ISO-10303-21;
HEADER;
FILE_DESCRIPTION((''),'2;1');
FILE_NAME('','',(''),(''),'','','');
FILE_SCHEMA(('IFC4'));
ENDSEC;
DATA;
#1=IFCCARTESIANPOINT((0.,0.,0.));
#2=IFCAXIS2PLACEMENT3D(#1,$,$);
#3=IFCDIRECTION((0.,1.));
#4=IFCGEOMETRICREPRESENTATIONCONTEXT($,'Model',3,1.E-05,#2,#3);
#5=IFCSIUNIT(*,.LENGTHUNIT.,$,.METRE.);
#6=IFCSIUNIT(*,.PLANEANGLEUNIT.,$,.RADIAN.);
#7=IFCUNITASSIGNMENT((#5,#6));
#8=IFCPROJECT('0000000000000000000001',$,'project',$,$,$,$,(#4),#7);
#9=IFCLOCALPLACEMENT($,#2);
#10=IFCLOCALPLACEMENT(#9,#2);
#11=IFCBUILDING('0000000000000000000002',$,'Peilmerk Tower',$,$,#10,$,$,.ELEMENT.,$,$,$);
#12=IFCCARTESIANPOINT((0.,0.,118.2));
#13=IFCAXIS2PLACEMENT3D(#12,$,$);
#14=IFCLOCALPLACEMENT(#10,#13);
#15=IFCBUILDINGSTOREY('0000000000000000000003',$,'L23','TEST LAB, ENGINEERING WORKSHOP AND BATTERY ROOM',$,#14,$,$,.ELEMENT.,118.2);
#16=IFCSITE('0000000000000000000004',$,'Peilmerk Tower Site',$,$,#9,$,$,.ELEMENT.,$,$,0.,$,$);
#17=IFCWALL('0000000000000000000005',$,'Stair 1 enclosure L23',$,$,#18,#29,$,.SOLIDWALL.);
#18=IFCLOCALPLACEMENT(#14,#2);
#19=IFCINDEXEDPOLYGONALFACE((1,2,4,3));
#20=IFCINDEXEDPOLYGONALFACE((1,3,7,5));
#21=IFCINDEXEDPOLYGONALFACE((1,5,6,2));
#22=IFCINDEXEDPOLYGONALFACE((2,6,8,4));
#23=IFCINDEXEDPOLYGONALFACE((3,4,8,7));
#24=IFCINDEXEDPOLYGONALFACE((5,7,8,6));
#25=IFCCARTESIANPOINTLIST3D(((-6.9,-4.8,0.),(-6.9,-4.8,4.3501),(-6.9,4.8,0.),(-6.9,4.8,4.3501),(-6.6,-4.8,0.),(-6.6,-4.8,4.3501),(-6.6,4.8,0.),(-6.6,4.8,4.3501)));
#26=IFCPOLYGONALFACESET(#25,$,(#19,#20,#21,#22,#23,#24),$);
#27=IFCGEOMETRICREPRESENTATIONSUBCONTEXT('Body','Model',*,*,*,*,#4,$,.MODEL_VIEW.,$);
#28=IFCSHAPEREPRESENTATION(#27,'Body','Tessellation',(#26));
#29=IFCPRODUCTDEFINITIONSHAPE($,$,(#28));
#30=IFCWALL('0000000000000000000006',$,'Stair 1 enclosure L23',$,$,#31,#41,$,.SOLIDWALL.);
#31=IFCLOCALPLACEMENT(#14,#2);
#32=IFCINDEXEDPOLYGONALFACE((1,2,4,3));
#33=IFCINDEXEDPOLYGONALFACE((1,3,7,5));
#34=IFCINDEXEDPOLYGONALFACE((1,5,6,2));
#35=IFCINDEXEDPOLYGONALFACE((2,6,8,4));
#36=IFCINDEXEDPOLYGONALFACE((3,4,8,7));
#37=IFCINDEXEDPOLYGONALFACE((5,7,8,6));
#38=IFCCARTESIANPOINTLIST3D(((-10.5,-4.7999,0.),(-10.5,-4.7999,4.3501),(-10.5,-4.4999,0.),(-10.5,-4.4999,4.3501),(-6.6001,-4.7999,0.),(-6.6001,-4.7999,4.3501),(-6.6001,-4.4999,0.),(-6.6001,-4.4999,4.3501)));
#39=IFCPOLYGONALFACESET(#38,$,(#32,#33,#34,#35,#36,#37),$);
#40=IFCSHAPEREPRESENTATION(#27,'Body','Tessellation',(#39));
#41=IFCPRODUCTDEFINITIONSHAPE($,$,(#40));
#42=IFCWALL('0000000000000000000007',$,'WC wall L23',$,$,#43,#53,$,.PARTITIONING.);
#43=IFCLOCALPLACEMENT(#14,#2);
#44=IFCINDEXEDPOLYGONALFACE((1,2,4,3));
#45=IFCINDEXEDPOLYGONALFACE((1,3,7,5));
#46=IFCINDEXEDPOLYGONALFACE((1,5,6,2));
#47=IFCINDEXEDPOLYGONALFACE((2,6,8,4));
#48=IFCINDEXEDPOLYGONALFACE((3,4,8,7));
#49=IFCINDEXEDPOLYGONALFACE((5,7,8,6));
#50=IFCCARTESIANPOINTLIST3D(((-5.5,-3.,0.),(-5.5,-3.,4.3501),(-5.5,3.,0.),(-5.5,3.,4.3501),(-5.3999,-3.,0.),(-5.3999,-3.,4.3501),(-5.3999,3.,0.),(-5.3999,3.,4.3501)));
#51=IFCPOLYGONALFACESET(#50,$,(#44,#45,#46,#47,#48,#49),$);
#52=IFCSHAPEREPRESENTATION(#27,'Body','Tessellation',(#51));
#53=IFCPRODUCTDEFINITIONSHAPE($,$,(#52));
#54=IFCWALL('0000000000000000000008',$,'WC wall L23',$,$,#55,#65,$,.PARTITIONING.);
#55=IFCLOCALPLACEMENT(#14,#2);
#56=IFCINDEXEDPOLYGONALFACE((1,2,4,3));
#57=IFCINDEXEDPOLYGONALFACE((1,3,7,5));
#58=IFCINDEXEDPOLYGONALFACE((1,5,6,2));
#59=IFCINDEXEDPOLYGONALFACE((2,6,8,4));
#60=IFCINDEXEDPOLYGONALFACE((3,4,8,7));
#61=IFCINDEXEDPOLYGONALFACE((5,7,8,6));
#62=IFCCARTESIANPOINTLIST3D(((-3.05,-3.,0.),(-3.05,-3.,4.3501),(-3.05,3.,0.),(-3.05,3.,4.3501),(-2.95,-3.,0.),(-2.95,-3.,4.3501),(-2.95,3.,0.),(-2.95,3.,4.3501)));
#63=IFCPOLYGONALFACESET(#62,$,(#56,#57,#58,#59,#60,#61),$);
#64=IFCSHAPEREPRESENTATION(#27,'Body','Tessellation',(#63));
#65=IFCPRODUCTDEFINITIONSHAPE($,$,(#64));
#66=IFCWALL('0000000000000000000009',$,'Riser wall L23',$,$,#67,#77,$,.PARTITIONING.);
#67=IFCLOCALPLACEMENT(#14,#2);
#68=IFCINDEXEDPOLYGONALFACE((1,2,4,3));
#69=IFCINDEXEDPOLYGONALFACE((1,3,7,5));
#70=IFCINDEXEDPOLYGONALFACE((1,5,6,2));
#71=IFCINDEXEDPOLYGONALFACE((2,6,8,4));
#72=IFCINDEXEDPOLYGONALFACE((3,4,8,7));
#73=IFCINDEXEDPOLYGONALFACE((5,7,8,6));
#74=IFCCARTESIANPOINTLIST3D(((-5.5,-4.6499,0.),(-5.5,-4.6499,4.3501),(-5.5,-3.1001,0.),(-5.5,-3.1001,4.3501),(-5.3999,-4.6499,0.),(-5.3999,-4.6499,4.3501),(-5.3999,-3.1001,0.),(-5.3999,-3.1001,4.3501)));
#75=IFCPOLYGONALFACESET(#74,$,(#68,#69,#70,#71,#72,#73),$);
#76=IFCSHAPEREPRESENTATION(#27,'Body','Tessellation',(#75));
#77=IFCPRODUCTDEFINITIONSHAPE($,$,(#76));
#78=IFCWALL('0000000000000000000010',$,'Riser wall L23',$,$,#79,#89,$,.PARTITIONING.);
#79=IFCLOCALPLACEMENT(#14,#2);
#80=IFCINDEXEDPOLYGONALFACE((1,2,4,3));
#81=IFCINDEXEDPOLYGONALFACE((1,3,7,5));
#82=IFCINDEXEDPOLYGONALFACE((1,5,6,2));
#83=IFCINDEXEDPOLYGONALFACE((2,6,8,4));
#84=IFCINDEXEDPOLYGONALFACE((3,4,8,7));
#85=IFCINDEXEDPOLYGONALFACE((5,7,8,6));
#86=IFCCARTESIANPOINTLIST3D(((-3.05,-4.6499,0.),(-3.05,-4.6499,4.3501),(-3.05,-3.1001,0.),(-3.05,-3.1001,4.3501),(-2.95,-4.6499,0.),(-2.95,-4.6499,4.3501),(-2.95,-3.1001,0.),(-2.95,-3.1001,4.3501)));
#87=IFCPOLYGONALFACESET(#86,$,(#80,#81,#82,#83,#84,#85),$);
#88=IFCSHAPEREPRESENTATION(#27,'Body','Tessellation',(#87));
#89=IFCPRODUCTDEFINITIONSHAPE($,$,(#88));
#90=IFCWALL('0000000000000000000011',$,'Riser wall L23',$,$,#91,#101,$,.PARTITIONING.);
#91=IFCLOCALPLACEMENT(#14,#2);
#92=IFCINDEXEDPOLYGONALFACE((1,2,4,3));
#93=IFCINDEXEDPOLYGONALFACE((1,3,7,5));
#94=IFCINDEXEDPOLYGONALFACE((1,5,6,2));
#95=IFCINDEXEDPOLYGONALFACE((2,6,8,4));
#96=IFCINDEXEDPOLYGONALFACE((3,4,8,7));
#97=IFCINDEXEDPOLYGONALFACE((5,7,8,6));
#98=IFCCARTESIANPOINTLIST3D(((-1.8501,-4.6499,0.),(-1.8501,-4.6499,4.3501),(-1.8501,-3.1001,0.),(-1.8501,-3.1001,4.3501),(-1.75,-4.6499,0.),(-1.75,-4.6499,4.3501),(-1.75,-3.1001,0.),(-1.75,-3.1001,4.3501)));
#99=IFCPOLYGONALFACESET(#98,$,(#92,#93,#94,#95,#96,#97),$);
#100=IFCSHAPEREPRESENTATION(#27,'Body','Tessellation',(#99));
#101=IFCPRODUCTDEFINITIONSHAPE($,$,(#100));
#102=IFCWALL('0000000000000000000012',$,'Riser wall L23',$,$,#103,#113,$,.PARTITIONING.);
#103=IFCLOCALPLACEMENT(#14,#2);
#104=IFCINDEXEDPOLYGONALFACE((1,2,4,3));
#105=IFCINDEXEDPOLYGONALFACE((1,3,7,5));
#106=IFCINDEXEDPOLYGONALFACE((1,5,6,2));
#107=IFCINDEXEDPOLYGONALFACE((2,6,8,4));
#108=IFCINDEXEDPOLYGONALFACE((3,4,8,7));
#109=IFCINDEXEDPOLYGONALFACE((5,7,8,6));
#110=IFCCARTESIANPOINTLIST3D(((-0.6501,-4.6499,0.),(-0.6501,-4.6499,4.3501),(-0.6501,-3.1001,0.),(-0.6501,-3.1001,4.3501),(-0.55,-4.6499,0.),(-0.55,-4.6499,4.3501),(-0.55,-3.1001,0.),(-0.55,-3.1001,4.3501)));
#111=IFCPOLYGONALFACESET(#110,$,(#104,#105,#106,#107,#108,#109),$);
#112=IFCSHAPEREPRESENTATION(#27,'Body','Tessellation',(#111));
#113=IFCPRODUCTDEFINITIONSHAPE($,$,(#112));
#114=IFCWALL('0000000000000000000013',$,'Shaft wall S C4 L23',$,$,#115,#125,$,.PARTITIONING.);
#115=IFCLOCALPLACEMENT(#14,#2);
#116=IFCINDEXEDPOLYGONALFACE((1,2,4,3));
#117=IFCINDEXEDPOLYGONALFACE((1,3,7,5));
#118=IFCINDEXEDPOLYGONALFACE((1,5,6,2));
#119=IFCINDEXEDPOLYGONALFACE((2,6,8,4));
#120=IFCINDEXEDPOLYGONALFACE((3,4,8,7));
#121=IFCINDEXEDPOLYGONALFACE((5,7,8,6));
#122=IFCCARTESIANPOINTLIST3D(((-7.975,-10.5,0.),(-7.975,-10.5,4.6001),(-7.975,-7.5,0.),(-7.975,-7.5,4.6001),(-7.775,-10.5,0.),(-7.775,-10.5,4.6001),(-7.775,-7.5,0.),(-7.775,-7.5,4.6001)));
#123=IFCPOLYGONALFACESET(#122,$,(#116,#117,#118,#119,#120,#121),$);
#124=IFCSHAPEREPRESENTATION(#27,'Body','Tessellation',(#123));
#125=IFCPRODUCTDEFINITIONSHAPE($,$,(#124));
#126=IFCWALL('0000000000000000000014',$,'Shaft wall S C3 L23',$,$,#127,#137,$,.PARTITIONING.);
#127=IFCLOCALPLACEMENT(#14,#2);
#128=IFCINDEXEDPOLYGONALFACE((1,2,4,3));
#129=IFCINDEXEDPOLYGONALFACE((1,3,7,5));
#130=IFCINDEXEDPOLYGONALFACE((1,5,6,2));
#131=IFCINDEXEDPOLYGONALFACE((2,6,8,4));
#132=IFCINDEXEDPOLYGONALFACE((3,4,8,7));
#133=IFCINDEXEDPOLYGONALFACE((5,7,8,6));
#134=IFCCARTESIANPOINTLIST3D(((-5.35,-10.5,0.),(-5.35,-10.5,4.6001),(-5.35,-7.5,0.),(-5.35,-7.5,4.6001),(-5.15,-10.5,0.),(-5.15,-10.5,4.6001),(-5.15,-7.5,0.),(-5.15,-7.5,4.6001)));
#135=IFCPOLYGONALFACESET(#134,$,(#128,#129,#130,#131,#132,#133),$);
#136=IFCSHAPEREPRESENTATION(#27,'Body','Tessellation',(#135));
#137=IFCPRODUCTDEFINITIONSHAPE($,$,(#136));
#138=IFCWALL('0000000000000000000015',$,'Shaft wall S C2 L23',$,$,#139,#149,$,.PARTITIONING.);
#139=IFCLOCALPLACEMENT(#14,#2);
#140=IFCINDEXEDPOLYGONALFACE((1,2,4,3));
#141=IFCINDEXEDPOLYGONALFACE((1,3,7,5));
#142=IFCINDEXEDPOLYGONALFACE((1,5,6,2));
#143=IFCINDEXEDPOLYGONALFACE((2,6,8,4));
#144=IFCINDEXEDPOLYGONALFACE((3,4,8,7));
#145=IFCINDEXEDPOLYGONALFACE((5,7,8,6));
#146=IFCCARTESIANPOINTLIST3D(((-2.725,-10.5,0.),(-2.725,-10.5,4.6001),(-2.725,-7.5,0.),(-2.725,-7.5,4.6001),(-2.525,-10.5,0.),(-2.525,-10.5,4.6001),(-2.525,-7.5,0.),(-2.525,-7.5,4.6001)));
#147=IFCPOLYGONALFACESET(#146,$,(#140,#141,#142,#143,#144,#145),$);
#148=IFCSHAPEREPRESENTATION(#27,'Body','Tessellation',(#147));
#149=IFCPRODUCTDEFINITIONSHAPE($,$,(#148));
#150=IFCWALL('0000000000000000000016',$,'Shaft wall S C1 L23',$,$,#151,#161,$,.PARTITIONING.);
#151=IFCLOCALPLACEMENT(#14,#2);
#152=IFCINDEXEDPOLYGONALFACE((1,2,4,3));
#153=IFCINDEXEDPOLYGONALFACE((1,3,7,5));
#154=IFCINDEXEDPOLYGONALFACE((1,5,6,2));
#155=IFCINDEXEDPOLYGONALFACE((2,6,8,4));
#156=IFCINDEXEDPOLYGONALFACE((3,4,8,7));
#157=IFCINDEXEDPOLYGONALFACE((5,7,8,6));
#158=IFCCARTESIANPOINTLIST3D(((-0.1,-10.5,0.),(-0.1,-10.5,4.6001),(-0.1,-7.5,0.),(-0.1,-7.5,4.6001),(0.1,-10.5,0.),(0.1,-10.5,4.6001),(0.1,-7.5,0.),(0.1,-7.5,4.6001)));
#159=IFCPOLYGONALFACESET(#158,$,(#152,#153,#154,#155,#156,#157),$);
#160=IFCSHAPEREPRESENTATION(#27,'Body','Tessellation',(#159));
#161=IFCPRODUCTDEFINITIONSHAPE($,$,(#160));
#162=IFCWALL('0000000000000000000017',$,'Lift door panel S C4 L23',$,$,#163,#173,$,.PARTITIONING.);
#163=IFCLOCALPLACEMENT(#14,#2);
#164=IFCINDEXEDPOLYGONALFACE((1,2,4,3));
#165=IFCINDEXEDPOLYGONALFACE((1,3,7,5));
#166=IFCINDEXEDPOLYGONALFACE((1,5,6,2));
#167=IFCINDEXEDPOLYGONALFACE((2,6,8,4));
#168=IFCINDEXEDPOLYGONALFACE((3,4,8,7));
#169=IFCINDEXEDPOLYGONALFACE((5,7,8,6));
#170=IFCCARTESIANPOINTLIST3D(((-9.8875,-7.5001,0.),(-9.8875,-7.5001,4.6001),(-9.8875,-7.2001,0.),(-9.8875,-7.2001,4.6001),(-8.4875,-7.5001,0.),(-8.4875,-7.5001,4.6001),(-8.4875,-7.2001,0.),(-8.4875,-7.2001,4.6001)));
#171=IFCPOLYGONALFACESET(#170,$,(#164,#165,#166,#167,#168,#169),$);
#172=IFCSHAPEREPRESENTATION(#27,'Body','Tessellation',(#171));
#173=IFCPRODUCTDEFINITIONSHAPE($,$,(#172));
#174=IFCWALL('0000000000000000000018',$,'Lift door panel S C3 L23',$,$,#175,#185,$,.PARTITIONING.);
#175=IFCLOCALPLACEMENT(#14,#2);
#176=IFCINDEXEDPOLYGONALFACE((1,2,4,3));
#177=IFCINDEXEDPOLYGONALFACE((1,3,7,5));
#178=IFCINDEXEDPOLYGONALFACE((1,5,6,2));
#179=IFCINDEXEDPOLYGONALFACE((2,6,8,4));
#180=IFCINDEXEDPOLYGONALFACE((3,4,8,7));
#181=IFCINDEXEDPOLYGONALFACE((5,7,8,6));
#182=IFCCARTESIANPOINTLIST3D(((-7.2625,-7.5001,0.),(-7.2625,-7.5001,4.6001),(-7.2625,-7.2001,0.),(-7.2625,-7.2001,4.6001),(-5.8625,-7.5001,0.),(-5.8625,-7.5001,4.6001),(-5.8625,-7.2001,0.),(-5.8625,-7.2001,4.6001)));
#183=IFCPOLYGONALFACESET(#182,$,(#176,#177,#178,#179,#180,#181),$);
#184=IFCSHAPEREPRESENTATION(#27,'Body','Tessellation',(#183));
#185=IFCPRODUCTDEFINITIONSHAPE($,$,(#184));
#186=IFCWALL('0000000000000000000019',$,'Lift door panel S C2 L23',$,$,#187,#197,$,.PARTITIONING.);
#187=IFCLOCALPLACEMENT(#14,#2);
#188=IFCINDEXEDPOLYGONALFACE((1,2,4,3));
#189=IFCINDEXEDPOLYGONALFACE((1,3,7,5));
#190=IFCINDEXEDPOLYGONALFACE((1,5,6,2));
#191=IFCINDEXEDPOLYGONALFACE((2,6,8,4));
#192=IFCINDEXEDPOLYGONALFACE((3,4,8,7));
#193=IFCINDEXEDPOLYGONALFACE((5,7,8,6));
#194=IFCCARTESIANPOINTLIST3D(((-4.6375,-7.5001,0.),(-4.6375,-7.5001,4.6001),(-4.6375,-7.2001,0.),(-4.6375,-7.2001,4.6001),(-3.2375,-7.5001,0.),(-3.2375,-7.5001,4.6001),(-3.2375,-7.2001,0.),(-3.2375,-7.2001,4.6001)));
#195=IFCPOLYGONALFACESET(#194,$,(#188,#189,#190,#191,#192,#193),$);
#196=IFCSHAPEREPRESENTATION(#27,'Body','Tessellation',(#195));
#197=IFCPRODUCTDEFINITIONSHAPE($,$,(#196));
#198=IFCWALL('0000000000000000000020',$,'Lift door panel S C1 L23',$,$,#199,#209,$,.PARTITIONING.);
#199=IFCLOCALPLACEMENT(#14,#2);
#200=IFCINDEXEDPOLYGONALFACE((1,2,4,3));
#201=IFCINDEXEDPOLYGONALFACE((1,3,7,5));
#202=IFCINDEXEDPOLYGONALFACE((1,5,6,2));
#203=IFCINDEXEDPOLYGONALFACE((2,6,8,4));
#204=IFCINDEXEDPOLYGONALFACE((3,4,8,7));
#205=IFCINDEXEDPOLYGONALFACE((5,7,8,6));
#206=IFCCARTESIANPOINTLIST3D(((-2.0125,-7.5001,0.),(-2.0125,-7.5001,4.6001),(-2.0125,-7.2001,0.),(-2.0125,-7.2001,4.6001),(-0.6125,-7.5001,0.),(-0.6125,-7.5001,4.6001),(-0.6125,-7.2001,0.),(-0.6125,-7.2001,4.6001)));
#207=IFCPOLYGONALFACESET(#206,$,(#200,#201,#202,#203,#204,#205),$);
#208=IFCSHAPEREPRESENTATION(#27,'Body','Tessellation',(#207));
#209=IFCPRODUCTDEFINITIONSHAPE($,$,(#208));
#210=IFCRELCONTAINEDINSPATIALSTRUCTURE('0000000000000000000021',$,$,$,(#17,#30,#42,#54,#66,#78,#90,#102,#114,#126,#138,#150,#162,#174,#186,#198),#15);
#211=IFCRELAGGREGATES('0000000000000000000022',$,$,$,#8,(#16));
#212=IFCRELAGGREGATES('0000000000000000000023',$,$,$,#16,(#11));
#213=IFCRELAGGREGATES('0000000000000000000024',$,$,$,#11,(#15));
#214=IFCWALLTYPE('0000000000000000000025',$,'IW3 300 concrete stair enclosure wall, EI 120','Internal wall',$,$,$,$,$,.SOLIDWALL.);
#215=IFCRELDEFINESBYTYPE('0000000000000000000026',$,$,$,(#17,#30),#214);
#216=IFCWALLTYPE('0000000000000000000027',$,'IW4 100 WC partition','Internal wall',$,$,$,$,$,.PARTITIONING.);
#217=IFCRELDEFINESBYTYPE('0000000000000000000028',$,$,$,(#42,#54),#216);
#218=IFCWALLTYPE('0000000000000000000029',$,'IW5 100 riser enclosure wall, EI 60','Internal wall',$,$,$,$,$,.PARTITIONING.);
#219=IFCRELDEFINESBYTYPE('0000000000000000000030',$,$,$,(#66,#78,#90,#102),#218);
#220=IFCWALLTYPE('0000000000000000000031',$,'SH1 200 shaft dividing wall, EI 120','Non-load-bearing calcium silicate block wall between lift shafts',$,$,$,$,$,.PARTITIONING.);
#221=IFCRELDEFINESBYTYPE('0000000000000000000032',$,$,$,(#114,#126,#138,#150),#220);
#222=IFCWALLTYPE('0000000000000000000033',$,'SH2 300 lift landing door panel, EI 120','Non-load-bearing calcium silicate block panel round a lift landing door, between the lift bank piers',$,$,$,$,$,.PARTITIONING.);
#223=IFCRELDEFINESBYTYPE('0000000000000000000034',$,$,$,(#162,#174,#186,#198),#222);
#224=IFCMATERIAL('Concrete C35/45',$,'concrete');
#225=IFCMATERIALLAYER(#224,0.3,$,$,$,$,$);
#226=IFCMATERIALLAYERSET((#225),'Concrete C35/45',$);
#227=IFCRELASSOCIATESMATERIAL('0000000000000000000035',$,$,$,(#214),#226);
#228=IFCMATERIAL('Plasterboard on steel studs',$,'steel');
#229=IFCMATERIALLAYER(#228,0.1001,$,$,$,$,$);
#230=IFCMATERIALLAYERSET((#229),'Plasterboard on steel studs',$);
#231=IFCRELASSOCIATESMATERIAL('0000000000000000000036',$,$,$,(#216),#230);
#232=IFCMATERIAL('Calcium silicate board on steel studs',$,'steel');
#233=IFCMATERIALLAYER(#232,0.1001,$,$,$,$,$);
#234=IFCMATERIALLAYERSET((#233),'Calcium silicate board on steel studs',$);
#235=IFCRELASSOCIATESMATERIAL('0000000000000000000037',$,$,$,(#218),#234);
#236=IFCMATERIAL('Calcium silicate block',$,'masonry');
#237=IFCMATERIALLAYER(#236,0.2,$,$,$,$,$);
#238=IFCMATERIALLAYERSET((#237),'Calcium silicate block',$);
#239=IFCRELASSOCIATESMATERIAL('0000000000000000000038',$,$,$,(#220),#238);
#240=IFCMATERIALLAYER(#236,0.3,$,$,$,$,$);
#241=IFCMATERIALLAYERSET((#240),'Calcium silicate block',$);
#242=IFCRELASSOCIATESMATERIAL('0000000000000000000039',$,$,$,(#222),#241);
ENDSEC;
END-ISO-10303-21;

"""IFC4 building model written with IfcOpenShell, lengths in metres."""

from ifc_helpers import new_model, si_unit, direction, frame, frame_2d, origin, place, context, subcontext, project, spatial, rectangle, extrude, material, layer, layer_set, type_object, element, save


model = new_model("IFC4")

# Units and contexts
model_context = context("Model", 3, precision=1e-05, world=origin(), true_north=direction((0.0, 1.0)))
body_context = subcontext(model_context, "Body", "Model", "MODEL_VIEW")
ifc_project = project(units=[si_unit("LENGTHUNIT", "METRE"), si_unit("PLANEANGLEUNIT", "RADIAN")], contexts=[model_context])

# Site, building, storey
site_placement = place(None, origin())
site = spatial("IfcSite", under=ifc_project, at=site_placement, Name="Peilmerk Tower Site", CompositionType="ELEMENT", RefElevation=0.0)
building_placement = place(site_placement, origin())
building = spatial("IfcBuilding", under=site, at=building_placement, Name="Peilmerk Tower", CompositionType="ELEMENT")
storey_placement = place(building_placement, frame((0.0, 0.0, 118.2)))
storey = spatial("IfcBuildingStorey", under=building, at=storey_placement, Name="L23", Description="TEST LAB, ENGINEERING WORKSHOP AND BATTERY ROOM", CompositionType="ELEMENT", Elevation=118.2)

# Walls
ifc_material_1 = material(Name="Concrete C35/45", Category="concrete")
ifc_layer_1 = layer(ifc_material_1, 0.3)
ifc_layer_set_1 = layer_set([ifc_layer_1], Name="Concrete C35/45")
wall_type_1 = type_object("IfcWallType", Name="IW3 300 concrete stair enclosure wall, EI 120", Description="Internal wall", PredefinedType="SOLIDWALL", material=ifc_layer_set_1)
wall_1_placement = place(storey_placement, frame((-6.75, -4.8, 0.0), z_axis=(0.0, 0.0, 1.0), x_axis=(0.0, 1.0, 0.0)))
element("IfcWall", 1, at=wall_1_placement, inside=storey, type_object=wall_type_1, Name="Stair 1 enclosure L23", PredefinedType="SOLIDWALL", context=body_context, shape_type="SweptSolid", body=[
    extrude(rectangle(XDim=9.6001, YDim=0.3, at=frame_2d((4.8, 0.0))), origin(), (0.0, 0.0, 1.0), 4.3501),
])
wall_2_placement = place(storey_placement, frame((-6.6001, -4.6499, 0.0), z_axis=(0.0, 0.0, 1.0), x_axis=(-1.0, 0.0, 0.0)))
element("IfcWall", 2, at=wall_2_placement, inside=storey, type_object=wall_type_1, Name="Stair 1 enclosure L23", PredefinedType="SOLIDWALL", context=body_context, shape_type="SweptSolid", body=[
    extrude(rectangle(XDim=3.8999, YDim=0.3, at=frame_2d((1.95, 0.0))), origin(), (0.0, 0.0, 1.0), 4.3501),
])
ifc_material_2 = material(Name="Plasterboard on steel studs", Category="steel")
ifc_layer_2 = layer(ifc_material_2, 0.1001)
ifc_layer_set_2 = layer_set([ifc_layer_2], Name="Plasterboard on steel studs")
wall_type_2 = type_object("IfcWallType", Name="IW4 100 WC partition", Description="Internal wall", PredefinedType="PARTITIONING", material=ifc_layer_set_2)
for number, where, z_axis, x_axis, name in (
    (3, (-5.45, -3.0, 0.0), (0.0, 0.0, 1.0), (0.0, 1.0, 0.0), "WC wall L23"),
    (4, (-3.0, -3.0, 0.0), (0.0, 0.0, 1.0), (0.0, 1.0, 0.0), "WC wall L23"),
):
    element("IfcWall", number, at=place(storey_placement, frame(where, z_axis=z_axis, x_axis=x_axis)), inside=storey, type_object=wall_type_2, Name=name, PredefinedType="PARTITIONING", context=body_context, shape_type="SweptSolid", body=[
        extrude(rectangle(XDim=6.0, YDim=0.1001, at=frame_2d((3.0, 0.0))), origin(), (0.0, 0.0, 1.0), 4.3501),
    ])
ifc_material_3 = material(Name="Calcium silicate board on steel studs", Category="steel")
ifc_layer_3 = layer(ifc_material_3, 0.1001)
ifc_layer_set_3 = layer_set([ifc_layer_3], Name="Calcium silicate board on steel studs")
wall_type_3 = type_object("IfcWallType", Name="IW5 100 riser enclosure wall, EI 60", Description="Internal wall", PredefinedType="PARTITIONING", material=ifc_layer_set_3)
for number, where, z_axis, x_axis, name in (
    (5, (-5.45, -3.1001, 0.0), (0.0, 0.0, 1.0), (0.0, -1.0, 0.0), "Riser wall L23"),
    (6, (-3.0, -3.1001, 0.0), (0.0, 0.0, 1.0), (0.0, -1.0, 0.0), "Riser wall L23"),
    (7, (-1.8, -3.1001, 0.0), (0.0, 0.0, 1.0), (0.0, -1.0, 0.0), "Riser wall L23"),
    (8, (-0.6001, -3.1001, 0.0), (0.0, 0.0, 1.0), (0.0, -1.0, 0.0), "Riser wall L23"),
):
    element("IfcWall", number, at=place(storey_placement, frame(where, z_axis=z_axis, x_axis=x_axis)), inside=storey, type_object=wall_type_3, Name=name, PredefinedType="PARTITIONING", context=body_context, shape_type="SweptSolid", body=[
        extrude(rectangle(XDim=1.5498, YDim=0.1001, at=frame_2d((0.7749, 0.0))), origin(), (0.0, 0.0, 1.0), 4.3501),
    ])
ifc_material_4 = material(Name="Calcium silicate block", Category="masonry")
ifc_layer_4 = layer(ifc_material_4, 0.2)
ifc_layer_set_4 = layer_set([ifc_layer_4], Name="Calcium silicate block")
wall_type_4 = type_object("IfcWallType", Name="SH1 200 shaft dividing wall, EI 120", Description="Non-load-bearing calcium silicate block wall between lift shafts", PredefinedType="PARTITIONING", material=ifc_layer_set_4)
for number, where, z_axis, x_axis, name in (
    (9, (-7.875, -10.5, 0.0), (0.0, 0.0, 1.0), (0.0, 1.0, 0.0), "Shaft wall S C4 L23"),
    (10, (-5.25, -10.5, 0.0), (0.0, 0.0, 1.0), (0.0, 1.0, 0.0), "Shaft wall S C3 L23"),
    (11, (-2.625, -10.5, 0.0), (0.0, 0.0, 1.0), (0.0, 1.0, 0.0), "Shaft wall S C2 L23"),
    (12, (0.0, -10.5, 0.0), (0.0, 0.0, 1.0), (0.0, 1.0, 0.0), "Shaft wall S C1 L23"),
):
    element("IfcWall", number, at=place(storey_placement, frame(where, z_axis=z_axis, x_axis=x_axis)), inside=storey, type_object=wall_type_4, Name=name, PredefinedType="PARTITIONING", context=body_context, shape_type="SweptSolid", body=[
        extrude(rectangle(XDim=3.0, YDim=0.2, at=frame_2d((1.5, 0.0))), origin(), (0.0, 0.0, 1.0), 4.6001),
    ])
ifc_layer_5 = layer(ifc_material_4, 0.3)
ifc_layer_set_5 = layer_set([ifc_layer_5], Name="Calcium silicate block")
wall_type_5 = type_object("IfcWallType", Name="SH2 300 lift landing door panel, EI 120", Description="Non-load-bearing calcium silicate block panel round a lift landing door, between the lift bank piers", PredefinedType="PARTITIONING", material=ifc_layer_set_5)
for number, where, z_axis, x_axis, name in (
    (13, (-9.8875, -7.3501, 0.0), (0.0, 0.0, 1.0), (1.0, 0.0, 0.0), "Lift door panel S C4 L23"),
    (14, (-7.2625, -7.3501, 0.0), (0.0, 0.0, 1.0), (1.0, 0.0, 0.0), "Lift door panel S C3 L23"),
    (15, (-4.6375, -7.3501, 0.0), (0.0, 0.0, 1.0), (1.0, 0.0, 0.0), "Lift door panel S C2 L23"),
    (16, (-2.0125, -7.3501, 0.0), (0.0, 0.0, 1.0), (1.0, 0.0, 0.0), "Lift door panel S C1 L23"),
):
    element("IfcWall", number, at=place(storey_placement, frame(where, z_axis=z_axis, x_axis=x_axis)), inside=storey, type_object=wall_type_5, Name=name, PredefinedType="PARTITIONING", context=body_context, shape_type="SweptSolid", body=[
        extrude(rectangle(XDim=1.3999, YDim=0.3, at=frame_2d((0.7, 0.0))), origin(), (0.0, 0.0, 1.0), 4.6001),
    ])

save(model, "model.ifc")
